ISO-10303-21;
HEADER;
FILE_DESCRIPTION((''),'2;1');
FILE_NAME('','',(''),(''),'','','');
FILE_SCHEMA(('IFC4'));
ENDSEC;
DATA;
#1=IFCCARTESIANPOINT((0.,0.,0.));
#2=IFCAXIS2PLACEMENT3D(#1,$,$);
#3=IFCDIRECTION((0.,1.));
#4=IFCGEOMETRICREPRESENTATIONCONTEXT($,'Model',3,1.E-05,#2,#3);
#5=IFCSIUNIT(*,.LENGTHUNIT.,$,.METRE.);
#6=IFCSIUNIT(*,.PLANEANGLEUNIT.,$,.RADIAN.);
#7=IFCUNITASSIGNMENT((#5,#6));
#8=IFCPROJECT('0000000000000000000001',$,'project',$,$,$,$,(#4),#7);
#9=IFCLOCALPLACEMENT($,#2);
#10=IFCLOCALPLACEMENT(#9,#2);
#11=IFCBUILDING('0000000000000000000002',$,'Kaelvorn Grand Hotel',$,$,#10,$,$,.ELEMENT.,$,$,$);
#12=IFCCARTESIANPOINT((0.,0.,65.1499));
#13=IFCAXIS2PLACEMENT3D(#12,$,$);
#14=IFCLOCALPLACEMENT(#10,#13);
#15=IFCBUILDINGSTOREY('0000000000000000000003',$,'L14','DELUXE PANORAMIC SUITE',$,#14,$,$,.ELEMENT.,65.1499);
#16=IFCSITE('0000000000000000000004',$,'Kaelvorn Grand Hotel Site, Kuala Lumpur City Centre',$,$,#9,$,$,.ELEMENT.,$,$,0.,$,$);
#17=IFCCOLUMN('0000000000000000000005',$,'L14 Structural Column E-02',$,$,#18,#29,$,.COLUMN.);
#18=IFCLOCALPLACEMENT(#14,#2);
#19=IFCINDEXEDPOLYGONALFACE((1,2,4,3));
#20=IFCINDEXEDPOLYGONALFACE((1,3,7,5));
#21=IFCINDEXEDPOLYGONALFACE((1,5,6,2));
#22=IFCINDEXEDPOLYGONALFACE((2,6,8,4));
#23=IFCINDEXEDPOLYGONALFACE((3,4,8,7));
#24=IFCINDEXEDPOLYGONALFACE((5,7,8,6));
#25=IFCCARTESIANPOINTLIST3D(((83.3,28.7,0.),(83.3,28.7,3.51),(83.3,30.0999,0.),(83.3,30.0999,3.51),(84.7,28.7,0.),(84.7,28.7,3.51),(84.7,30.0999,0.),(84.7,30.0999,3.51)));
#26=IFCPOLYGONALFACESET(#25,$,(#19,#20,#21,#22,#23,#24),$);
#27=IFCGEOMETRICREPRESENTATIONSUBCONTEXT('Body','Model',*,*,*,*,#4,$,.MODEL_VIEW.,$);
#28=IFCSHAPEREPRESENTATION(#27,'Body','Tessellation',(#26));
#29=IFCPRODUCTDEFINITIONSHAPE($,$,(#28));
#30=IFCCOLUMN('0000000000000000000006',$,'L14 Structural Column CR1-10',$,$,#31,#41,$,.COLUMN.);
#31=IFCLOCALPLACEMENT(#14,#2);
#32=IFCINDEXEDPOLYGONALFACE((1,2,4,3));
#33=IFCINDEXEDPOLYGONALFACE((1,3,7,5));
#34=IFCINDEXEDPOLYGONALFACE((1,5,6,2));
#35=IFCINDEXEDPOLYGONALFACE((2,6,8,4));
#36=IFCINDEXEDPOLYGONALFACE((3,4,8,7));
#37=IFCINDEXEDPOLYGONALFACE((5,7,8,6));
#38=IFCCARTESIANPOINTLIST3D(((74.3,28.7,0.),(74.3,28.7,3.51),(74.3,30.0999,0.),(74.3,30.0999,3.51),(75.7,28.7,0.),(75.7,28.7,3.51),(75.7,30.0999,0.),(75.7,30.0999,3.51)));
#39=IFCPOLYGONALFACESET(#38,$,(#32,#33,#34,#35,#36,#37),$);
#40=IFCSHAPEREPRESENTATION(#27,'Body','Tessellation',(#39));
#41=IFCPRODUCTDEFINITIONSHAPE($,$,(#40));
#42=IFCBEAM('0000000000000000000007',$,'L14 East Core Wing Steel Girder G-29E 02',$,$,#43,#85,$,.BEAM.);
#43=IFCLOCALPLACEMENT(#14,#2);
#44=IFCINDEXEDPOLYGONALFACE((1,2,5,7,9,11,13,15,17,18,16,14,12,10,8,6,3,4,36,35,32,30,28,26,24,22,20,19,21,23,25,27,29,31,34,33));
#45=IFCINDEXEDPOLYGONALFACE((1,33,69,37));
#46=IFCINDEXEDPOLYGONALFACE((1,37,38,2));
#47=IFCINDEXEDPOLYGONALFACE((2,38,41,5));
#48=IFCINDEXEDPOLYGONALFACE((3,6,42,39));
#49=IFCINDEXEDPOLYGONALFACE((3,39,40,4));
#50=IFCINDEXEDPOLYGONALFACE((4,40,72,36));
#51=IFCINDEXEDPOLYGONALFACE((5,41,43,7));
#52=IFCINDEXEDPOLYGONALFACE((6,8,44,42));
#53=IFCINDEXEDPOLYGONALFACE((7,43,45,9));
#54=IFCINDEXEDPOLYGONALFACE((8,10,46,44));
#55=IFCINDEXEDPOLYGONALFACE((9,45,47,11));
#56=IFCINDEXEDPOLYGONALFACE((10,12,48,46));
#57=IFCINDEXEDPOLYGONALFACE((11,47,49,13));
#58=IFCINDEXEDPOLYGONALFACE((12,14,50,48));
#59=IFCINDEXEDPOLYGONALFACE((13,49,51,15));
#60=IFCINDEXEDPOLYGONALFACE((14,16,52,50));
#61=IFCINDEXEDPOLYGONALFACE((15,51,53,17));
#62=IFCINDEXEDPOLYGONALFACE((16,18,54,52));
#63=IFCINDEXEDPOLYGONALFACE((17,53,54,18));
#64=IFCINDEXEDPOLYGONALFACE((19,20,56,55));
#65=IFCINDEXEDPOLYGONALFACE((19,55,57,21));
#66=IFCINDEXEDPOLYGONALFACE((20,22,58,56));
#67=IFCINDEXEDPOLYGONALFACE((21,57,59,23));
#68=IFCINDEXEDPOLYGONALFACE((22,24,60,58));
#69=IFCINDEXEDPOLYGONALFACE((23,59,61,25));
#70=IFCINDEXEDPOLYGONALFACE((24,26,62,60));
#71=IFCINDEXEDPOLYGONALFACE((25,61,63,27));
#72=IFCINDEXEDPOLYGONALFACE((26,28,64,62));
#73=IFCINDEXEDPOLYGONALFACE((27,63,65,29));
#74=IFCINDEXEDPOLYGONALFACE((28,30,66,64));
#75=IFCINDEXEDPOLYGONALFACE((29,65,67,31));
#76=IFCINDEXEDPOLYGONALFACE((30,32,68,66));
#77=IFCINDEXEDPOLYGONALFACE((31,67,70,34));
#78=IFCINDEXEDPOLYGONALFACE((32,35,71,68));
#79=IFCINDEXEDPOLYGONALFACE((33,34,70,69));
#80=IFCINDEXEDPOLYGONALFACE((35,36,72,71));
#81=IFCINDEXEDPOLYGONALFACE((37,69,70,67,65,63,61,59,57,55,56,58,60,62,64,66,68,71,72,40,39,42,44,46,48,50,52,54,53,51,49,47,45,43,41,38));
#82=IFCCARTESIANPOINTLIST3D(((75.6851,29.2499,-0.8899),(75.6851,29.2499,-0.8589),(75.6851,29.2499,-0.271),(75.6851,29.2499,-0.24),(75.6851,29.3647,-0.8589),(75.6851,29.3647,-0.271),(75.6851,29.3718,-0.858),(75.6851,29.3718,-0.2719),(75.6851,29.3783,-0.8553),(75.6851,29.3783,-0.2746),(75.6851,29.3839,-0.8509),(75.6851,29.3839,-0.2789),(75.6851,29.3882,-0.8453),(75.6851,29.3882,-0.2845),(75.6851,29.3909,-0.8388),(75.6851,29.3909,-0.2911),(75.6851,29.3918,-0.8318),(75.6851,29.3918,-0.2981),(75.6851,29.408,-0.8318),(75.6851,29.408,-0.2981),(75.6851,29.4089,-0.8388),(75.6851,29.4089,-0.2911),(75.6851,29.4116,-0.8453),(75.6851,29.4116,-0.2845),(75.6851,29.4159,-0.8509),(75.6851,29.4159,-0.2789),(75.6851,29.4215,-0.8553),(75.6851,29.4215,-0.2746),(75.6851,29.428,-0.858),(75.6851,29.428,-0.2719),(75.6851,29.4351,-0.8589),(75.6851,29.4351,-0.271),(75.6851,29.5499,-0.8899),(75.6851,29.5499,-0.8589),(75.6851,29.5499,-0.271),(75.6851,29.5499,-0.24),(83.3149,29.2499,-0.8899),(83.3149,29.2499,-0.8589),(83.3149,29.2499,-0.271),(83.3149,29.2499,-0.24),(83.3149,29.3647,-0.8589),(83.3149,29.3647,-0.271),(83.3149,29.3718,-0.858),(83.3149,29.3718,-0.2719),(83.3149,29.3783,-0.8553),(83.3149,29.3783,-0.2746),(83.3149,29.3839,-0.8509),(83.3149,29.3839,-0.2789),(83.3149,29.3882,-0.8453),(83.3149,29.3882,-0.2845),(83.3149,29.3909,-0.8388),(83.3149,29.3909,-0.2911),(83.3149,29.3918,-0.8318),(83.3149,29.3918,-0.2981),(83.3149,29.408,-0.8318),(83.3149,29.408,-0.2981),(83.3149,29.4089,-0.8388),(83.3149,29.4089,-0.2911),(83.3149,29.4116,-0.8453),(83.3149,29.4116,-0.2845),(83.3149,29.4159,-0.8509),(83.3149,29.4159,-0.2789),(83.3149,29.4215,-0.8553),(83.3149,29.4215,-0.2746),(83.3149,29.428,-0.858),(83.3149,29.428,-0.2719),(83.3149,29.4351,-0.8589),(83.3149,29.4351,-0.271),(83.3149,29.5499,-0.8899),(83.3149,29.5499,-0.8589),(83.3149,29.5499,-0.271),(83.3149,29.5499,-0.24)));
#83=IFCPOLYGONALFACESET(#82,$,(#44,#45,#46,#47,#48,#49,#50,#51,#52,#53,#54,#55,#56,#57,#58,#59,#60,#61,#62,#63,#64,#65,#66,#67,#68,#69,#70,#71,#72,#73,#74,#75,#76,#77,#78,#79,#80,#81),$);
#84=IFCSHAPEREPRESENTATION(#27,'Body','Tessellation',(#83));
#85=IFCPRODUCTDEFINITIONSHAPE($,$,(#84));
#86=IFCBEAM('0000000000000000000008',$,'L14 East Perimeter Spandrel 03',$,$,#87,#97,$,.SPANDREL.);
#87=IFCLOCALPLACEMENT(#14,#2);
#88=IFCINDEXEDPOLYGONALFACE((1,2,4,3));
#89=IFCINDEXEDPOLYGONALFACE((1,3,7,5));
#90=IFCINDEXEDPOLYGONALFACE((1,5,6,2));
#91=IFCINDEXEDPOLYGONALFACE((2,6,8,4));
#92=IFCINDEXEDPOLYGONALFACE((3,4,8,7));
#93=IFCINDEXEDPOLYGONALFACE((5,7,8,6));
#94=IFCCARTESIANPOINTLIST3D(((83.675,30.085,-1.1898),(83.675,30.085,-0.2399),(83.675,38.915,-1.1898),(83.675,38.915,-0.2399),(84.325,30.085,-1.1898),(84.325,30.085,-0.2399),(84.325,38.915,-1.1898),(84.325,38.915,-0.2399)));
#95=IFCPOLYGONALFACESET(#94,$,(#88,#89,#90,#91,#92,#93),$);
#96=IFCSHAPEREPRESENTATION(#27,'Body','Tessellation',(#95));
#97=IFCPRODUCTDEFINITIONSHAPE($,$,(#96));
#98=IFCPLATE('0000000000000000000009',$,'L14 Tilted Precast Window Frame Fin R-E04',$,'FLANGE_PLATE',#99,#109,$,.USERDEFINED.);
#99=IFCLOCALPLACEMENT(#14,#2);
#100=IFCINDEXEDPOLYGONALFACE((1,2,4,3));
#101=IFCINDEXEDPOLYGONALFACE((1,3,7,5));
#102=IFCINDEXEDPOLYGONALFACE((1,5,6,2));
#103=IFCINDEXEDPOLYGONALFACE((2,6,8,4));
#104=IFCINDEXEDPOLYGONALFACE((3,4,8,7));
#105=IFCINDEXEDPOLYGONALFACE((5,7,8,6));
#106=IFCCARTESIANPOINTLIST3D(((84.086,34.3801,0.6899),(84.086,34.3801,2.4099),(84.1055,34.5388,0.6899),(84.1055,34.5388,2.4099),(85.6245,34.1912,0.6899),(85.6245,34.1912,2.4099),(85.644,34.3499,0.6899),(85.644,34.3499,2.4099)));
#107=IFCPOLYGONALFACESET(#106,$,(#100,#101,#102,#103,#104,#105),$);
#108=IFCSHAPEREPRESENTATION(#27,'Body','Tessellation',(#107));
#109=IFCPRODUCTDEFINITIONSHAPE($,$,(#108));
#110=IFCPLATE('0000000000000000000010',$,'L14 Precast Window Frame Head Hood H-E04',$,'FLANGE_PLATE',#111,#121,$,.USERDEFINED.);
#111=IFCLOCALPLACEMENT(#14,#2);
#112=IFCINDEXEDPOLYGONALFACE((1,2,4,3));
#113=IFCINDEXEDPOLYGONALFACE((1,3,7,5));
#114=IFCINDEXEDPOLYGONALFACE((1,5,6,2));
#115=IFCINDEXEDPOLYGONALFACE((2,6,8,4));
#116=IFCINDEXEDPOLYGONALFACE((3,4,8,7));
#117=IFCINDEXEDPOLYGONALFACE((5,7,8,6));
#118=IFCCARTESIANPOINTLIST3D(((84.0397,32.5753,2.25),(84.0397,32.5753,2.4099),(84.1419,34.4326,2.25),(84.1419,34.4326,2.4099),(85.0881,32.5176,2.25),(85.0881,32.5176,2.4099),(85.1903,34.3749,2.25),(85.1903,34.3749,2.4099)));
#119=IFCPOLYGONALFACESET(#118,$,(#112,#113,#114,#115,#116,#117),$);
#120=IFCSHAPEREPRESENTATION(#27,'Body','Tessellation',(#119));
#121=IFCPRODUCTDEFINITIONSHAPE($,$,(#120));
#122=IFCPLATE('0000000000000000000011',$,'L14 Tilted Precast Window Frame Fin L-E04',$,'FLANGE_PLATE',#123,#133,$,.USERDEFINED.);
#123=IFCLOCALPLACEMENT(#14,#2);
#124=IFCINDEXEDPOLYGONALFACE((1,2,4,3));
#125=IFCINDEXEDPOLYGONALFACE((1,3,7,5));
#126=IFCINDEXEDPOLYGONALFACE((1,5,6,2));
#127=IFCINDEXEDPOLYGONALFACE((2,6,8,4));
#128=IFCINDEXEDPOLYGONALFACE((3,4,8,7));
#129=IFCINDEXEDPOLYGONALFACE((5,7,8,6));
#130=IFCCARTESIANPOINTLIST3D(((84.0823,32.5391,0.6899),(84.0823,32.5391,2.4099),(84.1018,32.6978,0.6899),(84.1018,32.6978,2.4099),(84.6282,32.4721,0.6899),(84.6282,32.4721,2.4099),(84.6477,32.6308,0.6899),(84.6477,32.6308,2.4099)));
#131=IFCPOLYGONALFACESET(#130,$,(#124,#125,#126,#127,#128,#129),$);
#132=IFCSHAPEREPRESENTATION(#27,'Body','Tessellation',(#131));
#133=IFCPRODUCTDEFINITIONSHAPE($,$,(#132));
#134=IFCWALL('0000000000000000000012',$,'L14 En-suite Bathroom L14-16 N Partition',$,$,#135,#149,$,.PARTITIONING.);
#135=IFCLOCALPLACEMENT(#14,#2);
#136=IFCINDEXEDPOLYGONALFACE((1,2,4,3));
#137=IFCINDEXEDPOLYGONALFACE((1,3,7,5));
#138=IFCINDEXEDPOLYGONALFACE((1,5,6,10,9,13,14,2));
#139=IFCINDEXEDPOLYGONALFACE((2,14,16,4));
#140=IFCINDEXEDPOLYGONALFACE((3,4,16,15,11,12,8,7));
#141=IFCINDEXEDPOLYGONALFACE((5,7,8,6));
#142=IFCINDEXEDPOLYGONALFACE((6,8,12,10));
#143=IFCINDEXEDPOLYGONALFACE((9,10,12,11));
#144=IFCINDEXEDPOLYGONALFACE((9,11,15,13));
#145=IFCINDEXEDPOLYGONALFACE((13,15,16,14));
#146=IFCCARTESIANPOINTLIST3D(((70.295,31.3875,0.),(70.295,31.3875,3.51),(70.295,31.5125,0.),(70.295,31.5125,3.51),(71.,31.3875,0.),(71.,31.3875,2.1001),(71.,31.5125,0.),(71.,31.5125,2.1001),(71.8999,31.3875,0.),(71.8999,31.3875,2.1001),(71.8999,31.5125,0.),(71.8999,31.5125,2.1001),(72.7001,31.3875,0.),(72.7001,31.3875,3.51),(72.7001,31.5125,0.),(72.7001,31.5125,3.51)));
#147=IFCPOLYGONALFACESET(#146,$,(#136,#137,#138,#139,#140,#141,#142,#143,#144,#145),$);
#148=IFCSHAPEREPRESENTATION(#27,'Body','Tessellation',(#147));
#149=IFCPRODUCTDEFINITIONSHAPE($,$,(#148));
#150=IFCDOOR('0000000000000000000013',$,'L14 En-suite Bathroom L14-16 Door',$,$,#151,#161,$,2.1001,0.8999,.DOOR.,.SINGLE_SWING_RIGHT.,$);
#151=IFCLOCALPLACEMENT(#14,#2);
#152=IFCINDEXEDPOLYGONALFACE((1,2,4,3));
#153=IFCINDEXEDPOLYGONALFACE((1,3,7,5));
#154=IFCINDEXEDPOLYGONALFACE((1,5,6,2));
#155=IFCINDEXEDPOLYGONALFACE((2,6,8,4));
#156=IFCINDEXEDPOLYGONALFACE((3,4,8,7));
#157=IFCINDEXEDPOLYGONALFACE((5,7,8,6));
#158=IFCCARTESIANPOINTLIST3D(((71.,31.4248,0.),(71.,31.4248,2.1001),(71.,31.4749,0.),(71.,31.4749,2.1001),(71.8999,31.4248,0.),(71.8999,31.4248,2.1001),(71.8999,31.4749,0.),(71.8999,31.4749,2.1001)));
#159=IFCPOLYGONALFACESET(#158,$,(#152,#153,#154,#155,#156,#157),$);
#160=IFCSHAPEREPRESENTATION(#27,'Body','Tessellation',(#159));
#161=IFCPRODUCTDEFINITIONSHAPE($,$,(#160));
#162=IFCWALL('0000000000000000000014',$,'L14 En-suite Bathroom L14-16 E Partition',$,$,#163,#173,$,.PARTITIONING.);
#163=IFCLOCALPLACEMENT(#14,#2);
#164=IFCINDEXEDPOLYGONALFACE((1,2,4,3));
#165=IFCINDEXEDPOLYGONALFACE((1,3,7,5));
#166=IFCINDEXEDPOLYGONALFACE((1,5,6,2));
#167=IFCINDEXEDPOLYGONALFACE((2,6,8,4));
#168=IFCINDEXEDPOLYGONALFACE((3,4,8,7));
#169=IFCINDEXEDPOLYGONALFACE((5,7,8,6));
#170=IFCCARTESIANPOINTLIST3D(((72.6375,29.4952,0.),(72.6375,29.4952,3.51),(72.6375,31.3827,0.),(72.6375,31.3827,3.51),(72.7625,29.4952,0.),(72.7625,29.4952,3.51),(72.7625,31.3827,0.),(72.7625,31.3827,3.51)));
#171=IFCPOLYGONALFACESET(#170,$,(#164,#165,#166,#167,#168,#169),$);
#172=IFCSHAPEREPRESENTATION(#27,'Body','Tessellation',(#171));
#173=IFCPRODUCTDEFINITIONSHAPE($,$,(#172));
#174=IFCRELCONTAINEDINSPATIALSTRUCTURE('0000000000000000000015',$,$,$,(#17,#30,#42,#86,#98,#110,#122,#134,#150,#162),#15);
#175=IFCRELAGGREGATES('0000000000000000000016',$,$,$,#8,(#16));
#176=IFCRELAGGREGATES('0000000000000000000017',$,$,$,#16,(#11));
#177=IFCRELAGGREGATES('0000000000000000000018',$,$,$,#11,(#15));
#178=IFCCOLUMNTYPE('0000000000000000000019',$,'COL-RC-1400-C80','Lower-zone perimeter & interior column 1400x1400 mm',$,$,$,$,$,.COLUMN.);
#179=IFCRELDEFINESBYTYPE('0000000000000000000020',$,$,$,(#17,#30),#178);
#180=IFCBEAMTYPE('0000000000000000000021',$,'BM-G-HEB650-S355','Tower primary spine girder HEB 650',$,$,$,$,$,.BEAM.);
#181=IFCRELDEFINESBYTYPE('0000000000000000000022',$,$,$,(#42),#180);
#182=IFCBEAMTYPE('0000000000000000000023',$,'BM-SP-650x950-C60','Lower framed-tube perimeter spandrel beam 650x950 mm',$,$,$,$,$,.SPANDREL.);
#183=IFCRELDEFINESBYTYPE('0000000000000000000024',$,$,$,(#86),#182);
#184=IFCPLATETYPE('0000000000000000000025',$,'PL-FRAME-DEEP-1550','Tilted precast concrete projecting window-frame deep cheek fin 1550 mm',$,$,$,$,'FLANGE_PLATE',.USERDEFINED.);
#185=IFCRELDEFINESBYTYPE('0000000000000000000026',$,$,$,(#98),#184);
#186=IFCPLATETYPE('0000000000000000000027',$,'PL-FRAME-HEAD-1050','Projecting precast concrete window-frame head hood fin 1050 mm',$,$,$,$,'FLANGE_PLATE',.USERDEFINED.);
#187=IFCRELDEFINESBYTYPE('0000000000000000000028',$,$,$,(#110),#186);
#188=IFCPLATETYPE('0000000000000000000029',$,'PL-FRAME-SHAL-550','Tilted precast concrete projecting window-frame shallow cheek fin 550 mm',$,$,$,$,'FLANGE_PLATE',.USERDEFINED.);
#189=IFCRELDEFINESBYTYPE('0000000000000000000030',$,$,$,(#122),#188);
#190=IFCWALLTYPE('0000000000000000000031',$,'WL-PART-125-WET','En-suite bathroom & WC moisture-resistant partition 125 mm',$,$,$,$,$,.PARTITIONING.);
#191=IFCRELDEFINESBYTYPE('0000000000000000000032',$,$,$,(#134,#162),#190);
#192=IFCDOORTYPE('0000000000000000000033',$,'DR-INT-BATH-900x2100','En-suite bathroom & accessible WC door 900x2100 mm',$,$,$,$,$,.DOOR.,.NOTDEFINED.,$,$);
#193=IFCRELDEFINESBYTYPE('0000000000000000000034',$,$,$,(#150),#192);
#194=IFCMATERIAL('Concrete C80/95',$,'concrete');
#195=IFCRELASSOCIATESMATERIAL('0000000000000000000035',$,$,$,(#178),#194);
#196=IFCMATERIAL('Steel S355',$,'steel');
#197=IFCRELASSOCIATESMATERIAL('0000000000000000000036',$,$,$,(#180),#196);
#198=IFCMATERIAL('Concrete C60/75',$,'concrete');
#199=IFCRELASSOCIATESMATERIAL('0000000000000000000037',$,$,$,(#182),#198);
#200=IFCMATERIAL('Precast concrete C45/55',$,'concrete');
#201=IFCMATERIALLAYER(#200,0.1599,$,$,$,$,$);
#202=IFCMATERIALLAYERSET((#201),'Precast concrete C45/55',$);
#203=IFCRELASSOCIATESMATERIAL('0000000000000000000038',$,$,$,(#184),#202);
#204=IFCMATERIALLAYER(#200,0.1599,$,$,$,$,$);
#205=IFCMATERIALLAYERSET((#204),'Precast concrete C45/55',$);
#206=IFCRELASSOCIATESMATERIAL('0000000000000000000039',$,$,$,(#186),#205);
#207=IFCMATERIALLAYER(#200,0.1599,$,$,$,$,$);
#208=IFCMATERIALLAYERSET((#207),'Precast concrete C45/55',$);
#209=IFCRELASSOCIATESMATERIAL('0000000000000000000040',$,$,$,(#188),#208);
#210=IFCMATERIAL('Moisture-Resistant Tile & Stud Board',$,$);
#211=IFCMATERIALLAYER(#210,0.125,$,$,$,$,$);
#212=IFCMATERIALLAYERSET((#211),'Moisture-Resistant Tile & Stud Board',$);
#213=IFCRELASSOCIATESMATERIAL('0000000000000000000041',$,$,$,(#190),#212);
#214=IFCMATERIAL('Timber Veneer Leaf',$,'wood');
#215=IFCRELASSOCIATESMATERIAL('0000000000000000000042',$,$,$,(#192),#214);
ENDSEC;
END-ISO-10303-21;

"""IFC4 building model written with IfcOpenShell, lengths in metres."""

from ifc_helpers import new_model, si_unit, direction, frame, frame_2d, origin, origin_2d, place, context, subcontext, project, spatial, rectangle, i_section, extrude, material, layer, layer_set, material_profile, profile_set, type_object, element, fill, save


model = new_model("IFC4")

# Units and contexts
model_context = context("Model", 3, precision=1e-05, world=origin(), true_north=direction((0.0, 1.0)))
body_context = subcontext(model_context, "Body", "Model", "MODEL_VIEW")
ifc_project = project(units=[si_unit("LENGTHUNIT", "METRE"), si_unit("PLANEANGLEUNIT", "RADIAN")], contexts=[model_context])

# Site, building, storey
site_placement = place(None, origin())
site = spatial("IfcSite", under=ifc_project, at=site_placement, Name="Kaelvorn Grand Hotel Site, Kuala Lumpur City Centre", CompositionType="ELEMENT", RefElevation=0.0)
building_placement = place(site_placement, origin())
building = spatial("IfcBuilding", under=site, at=building_placement, Name="Kaelvorn Grand Hotel", CompositionType="ELEMENT")
storey_placement = place(building_placement, frame((0.0, 0.0, 65.1499)))
storey = spatial("IfcBuildingStorey", under=building, at=storey_placement, Name="L14", Description="DELUXE PANORAMIC SUITE", CompositionType="ELEMENT", Elevation=65.1499)

# Columns
ifc_material_1 = material(Name="Concrete C80/95", Category="concrete")
ifc_material_profile_1 = material_profile(ifc_material_1, rectangle(XDim=1.3999, YDim=1.3999, at=origin_2d()), Name="RC COL 1400x1400")
ifc_profile_set_1 = profile_set([ifc_material_profile_1], Name="Concrete C80/95")
column_type = type_object("IfcColumnType", Name="COL-RC-1400-C80", Description="Lower-zone perimeter & interior column 1400x1400 mm", PredefinedType="COLUMN", material=ifc_profile_set_1)
for number, where, z_axis, x_axis, name in (
    (1, (84.0, 29.3999, 0.0), (0.0, 0.0, 1.0), (1.0, 0.0, 0.0), "L14 Structural Column E-02"),
    (2, (75.0, 29.3999, 0.0), (0.0, 0.0, 1.0), (1.0, 0.0, 0.0), "L14 Structural Column CR1-10"),
):
    element("IfcColumn", number, at=place(storey_placement, frame(where, z_axis=z_axis, x_axis=x_axis)), inside=storey, type_object=column_type, Name=name, PredefinedType="COLUMN", context=body_context, shape_type="SweptSolid", body=[
        extrude(rectangle(XDim=1.3999, YDim=1.3999, at=origin_2d()), origin(), (0.0, 0.0, 1.0), 3.51),
    ])

# Beams
ifc_material_2 = material(Name="Steel S355", Category="steel")
ifc_material_profile_2 = material_profile(ifc_material_2, i_section(OverallWidth=0.3, OverallDepth=0.6499, WebThickness=0.0161, FlangeThickness=0.031, FilletRadius=0.0271, at=origin_2d()), Name="HEB 650")
ifc_profile_set_2 = profile_set([ifc_material_profile_2], Name="Steel S355")
beam_type_1 = type_object("IfcBeamType", Name="BM-G-HEB650-S355", Description="Tower primary spine girder HEB 650", PredefinedType="BEAM", material=ifc_profile_set_2)
beam_1_placement = place(storey_placement, frame((75.6851, 29.3999, -0.5649), z_axis=(1.0, 0.0, 0.0), x_axis=(0.0, 1.0, 0.0)))
element("IfcBeam", 3, at=beam_1_placement, inside=storey, type_object=beam_type_1, Name="L14 East Core Wing Steel Girder G-29E 02", PredefinedType="BEAM", context=body_context, shape_type="SweptSolid", body=[
    extrude(i_section(OverallWidth=0.3, OverallDepth=0.6499, WebThickness=0.0161, FlangeThickness=0.031, FilletRadius=0.0271, at=origin_2d()), origin(), (0.0, 0.0, 1.0), 7.6299),
])
ifc_material_3 = material(Name="Concrete C60/75", Category="concrete")
ifc_material_profile_3 = material_profile(ifc_material_3, rectangle(XDim=0.6499, YDim=0.95, at=origin_2d()), Name="RC SPANDREL 650x950")
ifc_profile_set_3 = profile_set([ifc_material_profile_3], Name="Concrete C60/75")
beam_type_2 = type_object("IfcBeamType", Name="BM-SP-650x950-C60", Description="Lower framed-tube perimeter spandrel beam 650x950 mm", PredefinedType="SPANDREL", material=ifc_profile_set_3)
beam_2_placement = place(storey_placement, frame((84.0, 30.085, -0.7148), z_axis=(0.0, 1.0, 0.0), x_axis=(-1.0, 0.0, 0.0)))
element("IfcBeam", 4, at=beam_2_placement, inside=storey, type_object=beam_type_2, Name="L14 East Perimeter Spandrel 03", PredefinedType="SPANDREL", context=body_context, shape_type="SweptSolid", body=[
    extrude(rectangle(XDim=0.6499, YDim=0.95, at=origin_2d()), origin(), (0.0, 0.0, 1.0), 8.8301),
])

# Plates
ifc_material_4 = material(Name="Precast concrete C45/55", Category="concrete")
ifc_layer_1 = layer(ifc_material_4, 0.1599)
ifc_layer_set_1 = layer_set([ifc_layer_1], Name="Precast concrete C45/55")
plate_type_1 = type_object("IfcPlateType", Name="PL-FRAME-DEEP-1550", Description="Tilted precast concrete projecting window-frame deep cheek fin 1550 mm", ElementType="FLANGE_PLATE", PredefinedType="USERDEFINED", material=ifc_layer_set_1)
plate_1_placement = place(storey_placement, frame((84.865, 34.365, 0.6899), z_axis=(0.0, 0.0, 1.0), x_axis=(0.121869, 0.992546, 0.0)))
element("IfcPlate", 5, at=plate_1_placement, inside=storey, type_object=plate_type_1, Name="L14 Tilted Precast Window Frame Fin R-E04", ObjectType="FLANGE_PLATE", PredefinedType="USERDEFINED", context=body_context, shape_type="SweptSolid", body=[
    extrude(rectangle(XDim=0.1599, YDim=1.55, at=origin_2d()), origin(), (0.0, 0.0, 1.0), 1.72),
])
ifc_layer_2 = layer(ifc_material_4, 0.1599)
ifc_layer_set_2 = layer_set([ifc_layer_2], Name="Precast concrete C45/55")
plate_type_2 = type_object("IfcPlateType", Name="PL-FRAME-HEAD-1050", Description="Projecting precast concrete window-frame head hood fin 1050 mm", ElementType="FLANGE_PLATE", PredefinedType="USERDEFINED", material=ifc_layer_set_2)
plate_2_placement = place(storey_placement, frame((84.615, 33.4751, 2.25), z_axis=(0.0, 0.0, 1.0), x_axis=(0.05495, 0.998489, 0.0)))
element("IfcPlate", 6, at=plate_2_placement, inside=storey, type_object=plate_type_2, Name="L14 Precast Window Frame Head Hood H-E04", ObjectType="FLANGE_PLATE", PredefinedType="USERDEFINED", context=body_context, shape_type="SweptSolid", body=[
    extrude(rectangle(XDim=1.8601, YDim=1.05, at=origin_2d()), origin(), (0.0, 0.0, 1.0), 0.1599),
])
ifc_layer_3 = layer(ifc_material_4, 0.1599)
ifc_layer_set_3 = layer_set([ifc_layer_3], Name="Precast concrete C45/55")
plate_type_3 = type_object("IfcPlateType", Name="PL-FRAME-SHAL-550", Description="Tilted precast concrete projecting window-frame shallow cheek fin 550 mm", ElementType="FLANGE_PLATE", PredefinedType="USERDEFINED", material=ifc_layer_set_3)
plate_3_placement = place(storey_placement, frame((84.365, 32.585, 0.6899), z_axis=(0.0, 0.0, 1.0), x_axis=(0.121869, 0.992546, 0.0)))
element("IfcPlate", 7, at=plate_3_placement, inside=storey, type_object=plate_type_3, Name="L14 Tilted Precast Window Frame Fin L-E04", ObjectType="FLANGE_PLATE", PredefinedType="USERDEFINED", context=body_context, shape_type="SweptSolid", body=[
    extrude(rectangle(XDim=0.1599, YDim=0.55, at=origin_2d()), origin(), (0.0, 0.0, 1.0), 1.72),
])

# Wall, opening, door
ifc_material_5 = material(Name="Moisture-Resistant Tile & Stud Board")
ifc_layer_4 = layer(ifc_material_5, 0.125)
ifc_layer_set_4 = layer_set([ifc_layer_4], Name="Moisture-Resistant Tile & Stud Board")
wall_type_1 = type_object("IfcWallType", Name="WL-PART-125-WET", Description="En-suite bathroom & WC moisture-resistant partition 125 mm", PredefinedType="PARTITIONING", material=ifc_layer_set_4)
wall_1_placement = place(storey_placement, frame((70.2949, 31.45, 0.0), z_axis=(0.0, 0.0, 1.0), x_axis=(1.0, 0.0, 0.0)))
wall_1 = element("IfcWall", 8, at=wall_1_placement, inside=storey, type_object=wall_type_1, Name="L14 En-suite Bathroom L14-16 N Partition", PredefinedType="PARTITIONING", context=body_context, shape_type="SweptSolid", body=[
    extrude(rectangle(XDim=2.405, YDim=0.125, at=frame_2d((1.2026, 0.0))), origin(), (0.0, 0.0, 1.0), 3.51),
])
opening_1_placement = place(wall_1_placement, frame((0.7051, 0.0, 0.0)))
opening_1 = element("IfcOpeningElement", 9, at=opening_1_placement, cuts=wall_1, PredefinedType="OPENING", context=body_context, shape_type="SweptSolid", body=[
    extrude(rectangle(XDim=0.8999, YDim=2.1001, at=frame_2d((0.45, 1.05))), frame((0.0, 0.0725, 0.0), z_axis=(0.0, -1.0, 0.0), x_axis=(1.0, 0.0, 0.0)), (0.0, 0.0, 1.0), 0.145),
])
ifc_material_6 = material(Name="Timber Veneer Leaf", Category="wood")
door_type_1 = type_object("IfcDoorType", Name="DR-INT-BATH-900x2100", Description="En-suite bathroom & accessible WC door 900x2100 mm", OperationType="NOTDEFINED", PredefinedType="DOOR", material=ifc_material_6)
door_1_placement = place(opening_1_placement, origin())
door_1 = element("IfcDoor", 10, at=door_1_placement, inside=storey, type_object=door_type_1, Name="L14 En-suite Bathroom L14-16 Door", OperationType="SINGLE_SWING_RIGHT", OverallHeight=2.1001, OverallWidth=0.8999, PredefinedType="DOOR", context=body_context, shape_type="SweptSolid", body=[
    extrude(rectangle(XDim=0.8999, YDim=2.1001, at=frame_2d((0.45, 1.05))), frame((0.0, 0.0249, 0.0), z_axis=(0.0, -1.0, 0.0), x_axis=(1.0, 0.0, 0.0)), (0.0, 0.0, 1.0), 0.05),
])
fill(opening_1, door_1)

# Wall
wall_2_placement = place(storey_placement, frame((72.7, 29.4951, 0.0), z_axis=(0.0, 0.0, 1.0), x_axis=(0.0, 1.0, 0.0)))
element("IfcWall", 11, at=wall_2_placement, inside=storey, type_object=wall_type_1, Name="L14 En-suite Bathroom L14-16 E Partition", PredefinedType="PARTITIONING", context=body_context, shape_type="SweptSolid", body=[
    extrude(rectangle(XDim=1.8875, YDim=0.125, at=frame_2d((0.9438, 0.0))), origin(), (0.0, 0.0, 1.0), 3.51),
])

save(model, "model.ifc")
